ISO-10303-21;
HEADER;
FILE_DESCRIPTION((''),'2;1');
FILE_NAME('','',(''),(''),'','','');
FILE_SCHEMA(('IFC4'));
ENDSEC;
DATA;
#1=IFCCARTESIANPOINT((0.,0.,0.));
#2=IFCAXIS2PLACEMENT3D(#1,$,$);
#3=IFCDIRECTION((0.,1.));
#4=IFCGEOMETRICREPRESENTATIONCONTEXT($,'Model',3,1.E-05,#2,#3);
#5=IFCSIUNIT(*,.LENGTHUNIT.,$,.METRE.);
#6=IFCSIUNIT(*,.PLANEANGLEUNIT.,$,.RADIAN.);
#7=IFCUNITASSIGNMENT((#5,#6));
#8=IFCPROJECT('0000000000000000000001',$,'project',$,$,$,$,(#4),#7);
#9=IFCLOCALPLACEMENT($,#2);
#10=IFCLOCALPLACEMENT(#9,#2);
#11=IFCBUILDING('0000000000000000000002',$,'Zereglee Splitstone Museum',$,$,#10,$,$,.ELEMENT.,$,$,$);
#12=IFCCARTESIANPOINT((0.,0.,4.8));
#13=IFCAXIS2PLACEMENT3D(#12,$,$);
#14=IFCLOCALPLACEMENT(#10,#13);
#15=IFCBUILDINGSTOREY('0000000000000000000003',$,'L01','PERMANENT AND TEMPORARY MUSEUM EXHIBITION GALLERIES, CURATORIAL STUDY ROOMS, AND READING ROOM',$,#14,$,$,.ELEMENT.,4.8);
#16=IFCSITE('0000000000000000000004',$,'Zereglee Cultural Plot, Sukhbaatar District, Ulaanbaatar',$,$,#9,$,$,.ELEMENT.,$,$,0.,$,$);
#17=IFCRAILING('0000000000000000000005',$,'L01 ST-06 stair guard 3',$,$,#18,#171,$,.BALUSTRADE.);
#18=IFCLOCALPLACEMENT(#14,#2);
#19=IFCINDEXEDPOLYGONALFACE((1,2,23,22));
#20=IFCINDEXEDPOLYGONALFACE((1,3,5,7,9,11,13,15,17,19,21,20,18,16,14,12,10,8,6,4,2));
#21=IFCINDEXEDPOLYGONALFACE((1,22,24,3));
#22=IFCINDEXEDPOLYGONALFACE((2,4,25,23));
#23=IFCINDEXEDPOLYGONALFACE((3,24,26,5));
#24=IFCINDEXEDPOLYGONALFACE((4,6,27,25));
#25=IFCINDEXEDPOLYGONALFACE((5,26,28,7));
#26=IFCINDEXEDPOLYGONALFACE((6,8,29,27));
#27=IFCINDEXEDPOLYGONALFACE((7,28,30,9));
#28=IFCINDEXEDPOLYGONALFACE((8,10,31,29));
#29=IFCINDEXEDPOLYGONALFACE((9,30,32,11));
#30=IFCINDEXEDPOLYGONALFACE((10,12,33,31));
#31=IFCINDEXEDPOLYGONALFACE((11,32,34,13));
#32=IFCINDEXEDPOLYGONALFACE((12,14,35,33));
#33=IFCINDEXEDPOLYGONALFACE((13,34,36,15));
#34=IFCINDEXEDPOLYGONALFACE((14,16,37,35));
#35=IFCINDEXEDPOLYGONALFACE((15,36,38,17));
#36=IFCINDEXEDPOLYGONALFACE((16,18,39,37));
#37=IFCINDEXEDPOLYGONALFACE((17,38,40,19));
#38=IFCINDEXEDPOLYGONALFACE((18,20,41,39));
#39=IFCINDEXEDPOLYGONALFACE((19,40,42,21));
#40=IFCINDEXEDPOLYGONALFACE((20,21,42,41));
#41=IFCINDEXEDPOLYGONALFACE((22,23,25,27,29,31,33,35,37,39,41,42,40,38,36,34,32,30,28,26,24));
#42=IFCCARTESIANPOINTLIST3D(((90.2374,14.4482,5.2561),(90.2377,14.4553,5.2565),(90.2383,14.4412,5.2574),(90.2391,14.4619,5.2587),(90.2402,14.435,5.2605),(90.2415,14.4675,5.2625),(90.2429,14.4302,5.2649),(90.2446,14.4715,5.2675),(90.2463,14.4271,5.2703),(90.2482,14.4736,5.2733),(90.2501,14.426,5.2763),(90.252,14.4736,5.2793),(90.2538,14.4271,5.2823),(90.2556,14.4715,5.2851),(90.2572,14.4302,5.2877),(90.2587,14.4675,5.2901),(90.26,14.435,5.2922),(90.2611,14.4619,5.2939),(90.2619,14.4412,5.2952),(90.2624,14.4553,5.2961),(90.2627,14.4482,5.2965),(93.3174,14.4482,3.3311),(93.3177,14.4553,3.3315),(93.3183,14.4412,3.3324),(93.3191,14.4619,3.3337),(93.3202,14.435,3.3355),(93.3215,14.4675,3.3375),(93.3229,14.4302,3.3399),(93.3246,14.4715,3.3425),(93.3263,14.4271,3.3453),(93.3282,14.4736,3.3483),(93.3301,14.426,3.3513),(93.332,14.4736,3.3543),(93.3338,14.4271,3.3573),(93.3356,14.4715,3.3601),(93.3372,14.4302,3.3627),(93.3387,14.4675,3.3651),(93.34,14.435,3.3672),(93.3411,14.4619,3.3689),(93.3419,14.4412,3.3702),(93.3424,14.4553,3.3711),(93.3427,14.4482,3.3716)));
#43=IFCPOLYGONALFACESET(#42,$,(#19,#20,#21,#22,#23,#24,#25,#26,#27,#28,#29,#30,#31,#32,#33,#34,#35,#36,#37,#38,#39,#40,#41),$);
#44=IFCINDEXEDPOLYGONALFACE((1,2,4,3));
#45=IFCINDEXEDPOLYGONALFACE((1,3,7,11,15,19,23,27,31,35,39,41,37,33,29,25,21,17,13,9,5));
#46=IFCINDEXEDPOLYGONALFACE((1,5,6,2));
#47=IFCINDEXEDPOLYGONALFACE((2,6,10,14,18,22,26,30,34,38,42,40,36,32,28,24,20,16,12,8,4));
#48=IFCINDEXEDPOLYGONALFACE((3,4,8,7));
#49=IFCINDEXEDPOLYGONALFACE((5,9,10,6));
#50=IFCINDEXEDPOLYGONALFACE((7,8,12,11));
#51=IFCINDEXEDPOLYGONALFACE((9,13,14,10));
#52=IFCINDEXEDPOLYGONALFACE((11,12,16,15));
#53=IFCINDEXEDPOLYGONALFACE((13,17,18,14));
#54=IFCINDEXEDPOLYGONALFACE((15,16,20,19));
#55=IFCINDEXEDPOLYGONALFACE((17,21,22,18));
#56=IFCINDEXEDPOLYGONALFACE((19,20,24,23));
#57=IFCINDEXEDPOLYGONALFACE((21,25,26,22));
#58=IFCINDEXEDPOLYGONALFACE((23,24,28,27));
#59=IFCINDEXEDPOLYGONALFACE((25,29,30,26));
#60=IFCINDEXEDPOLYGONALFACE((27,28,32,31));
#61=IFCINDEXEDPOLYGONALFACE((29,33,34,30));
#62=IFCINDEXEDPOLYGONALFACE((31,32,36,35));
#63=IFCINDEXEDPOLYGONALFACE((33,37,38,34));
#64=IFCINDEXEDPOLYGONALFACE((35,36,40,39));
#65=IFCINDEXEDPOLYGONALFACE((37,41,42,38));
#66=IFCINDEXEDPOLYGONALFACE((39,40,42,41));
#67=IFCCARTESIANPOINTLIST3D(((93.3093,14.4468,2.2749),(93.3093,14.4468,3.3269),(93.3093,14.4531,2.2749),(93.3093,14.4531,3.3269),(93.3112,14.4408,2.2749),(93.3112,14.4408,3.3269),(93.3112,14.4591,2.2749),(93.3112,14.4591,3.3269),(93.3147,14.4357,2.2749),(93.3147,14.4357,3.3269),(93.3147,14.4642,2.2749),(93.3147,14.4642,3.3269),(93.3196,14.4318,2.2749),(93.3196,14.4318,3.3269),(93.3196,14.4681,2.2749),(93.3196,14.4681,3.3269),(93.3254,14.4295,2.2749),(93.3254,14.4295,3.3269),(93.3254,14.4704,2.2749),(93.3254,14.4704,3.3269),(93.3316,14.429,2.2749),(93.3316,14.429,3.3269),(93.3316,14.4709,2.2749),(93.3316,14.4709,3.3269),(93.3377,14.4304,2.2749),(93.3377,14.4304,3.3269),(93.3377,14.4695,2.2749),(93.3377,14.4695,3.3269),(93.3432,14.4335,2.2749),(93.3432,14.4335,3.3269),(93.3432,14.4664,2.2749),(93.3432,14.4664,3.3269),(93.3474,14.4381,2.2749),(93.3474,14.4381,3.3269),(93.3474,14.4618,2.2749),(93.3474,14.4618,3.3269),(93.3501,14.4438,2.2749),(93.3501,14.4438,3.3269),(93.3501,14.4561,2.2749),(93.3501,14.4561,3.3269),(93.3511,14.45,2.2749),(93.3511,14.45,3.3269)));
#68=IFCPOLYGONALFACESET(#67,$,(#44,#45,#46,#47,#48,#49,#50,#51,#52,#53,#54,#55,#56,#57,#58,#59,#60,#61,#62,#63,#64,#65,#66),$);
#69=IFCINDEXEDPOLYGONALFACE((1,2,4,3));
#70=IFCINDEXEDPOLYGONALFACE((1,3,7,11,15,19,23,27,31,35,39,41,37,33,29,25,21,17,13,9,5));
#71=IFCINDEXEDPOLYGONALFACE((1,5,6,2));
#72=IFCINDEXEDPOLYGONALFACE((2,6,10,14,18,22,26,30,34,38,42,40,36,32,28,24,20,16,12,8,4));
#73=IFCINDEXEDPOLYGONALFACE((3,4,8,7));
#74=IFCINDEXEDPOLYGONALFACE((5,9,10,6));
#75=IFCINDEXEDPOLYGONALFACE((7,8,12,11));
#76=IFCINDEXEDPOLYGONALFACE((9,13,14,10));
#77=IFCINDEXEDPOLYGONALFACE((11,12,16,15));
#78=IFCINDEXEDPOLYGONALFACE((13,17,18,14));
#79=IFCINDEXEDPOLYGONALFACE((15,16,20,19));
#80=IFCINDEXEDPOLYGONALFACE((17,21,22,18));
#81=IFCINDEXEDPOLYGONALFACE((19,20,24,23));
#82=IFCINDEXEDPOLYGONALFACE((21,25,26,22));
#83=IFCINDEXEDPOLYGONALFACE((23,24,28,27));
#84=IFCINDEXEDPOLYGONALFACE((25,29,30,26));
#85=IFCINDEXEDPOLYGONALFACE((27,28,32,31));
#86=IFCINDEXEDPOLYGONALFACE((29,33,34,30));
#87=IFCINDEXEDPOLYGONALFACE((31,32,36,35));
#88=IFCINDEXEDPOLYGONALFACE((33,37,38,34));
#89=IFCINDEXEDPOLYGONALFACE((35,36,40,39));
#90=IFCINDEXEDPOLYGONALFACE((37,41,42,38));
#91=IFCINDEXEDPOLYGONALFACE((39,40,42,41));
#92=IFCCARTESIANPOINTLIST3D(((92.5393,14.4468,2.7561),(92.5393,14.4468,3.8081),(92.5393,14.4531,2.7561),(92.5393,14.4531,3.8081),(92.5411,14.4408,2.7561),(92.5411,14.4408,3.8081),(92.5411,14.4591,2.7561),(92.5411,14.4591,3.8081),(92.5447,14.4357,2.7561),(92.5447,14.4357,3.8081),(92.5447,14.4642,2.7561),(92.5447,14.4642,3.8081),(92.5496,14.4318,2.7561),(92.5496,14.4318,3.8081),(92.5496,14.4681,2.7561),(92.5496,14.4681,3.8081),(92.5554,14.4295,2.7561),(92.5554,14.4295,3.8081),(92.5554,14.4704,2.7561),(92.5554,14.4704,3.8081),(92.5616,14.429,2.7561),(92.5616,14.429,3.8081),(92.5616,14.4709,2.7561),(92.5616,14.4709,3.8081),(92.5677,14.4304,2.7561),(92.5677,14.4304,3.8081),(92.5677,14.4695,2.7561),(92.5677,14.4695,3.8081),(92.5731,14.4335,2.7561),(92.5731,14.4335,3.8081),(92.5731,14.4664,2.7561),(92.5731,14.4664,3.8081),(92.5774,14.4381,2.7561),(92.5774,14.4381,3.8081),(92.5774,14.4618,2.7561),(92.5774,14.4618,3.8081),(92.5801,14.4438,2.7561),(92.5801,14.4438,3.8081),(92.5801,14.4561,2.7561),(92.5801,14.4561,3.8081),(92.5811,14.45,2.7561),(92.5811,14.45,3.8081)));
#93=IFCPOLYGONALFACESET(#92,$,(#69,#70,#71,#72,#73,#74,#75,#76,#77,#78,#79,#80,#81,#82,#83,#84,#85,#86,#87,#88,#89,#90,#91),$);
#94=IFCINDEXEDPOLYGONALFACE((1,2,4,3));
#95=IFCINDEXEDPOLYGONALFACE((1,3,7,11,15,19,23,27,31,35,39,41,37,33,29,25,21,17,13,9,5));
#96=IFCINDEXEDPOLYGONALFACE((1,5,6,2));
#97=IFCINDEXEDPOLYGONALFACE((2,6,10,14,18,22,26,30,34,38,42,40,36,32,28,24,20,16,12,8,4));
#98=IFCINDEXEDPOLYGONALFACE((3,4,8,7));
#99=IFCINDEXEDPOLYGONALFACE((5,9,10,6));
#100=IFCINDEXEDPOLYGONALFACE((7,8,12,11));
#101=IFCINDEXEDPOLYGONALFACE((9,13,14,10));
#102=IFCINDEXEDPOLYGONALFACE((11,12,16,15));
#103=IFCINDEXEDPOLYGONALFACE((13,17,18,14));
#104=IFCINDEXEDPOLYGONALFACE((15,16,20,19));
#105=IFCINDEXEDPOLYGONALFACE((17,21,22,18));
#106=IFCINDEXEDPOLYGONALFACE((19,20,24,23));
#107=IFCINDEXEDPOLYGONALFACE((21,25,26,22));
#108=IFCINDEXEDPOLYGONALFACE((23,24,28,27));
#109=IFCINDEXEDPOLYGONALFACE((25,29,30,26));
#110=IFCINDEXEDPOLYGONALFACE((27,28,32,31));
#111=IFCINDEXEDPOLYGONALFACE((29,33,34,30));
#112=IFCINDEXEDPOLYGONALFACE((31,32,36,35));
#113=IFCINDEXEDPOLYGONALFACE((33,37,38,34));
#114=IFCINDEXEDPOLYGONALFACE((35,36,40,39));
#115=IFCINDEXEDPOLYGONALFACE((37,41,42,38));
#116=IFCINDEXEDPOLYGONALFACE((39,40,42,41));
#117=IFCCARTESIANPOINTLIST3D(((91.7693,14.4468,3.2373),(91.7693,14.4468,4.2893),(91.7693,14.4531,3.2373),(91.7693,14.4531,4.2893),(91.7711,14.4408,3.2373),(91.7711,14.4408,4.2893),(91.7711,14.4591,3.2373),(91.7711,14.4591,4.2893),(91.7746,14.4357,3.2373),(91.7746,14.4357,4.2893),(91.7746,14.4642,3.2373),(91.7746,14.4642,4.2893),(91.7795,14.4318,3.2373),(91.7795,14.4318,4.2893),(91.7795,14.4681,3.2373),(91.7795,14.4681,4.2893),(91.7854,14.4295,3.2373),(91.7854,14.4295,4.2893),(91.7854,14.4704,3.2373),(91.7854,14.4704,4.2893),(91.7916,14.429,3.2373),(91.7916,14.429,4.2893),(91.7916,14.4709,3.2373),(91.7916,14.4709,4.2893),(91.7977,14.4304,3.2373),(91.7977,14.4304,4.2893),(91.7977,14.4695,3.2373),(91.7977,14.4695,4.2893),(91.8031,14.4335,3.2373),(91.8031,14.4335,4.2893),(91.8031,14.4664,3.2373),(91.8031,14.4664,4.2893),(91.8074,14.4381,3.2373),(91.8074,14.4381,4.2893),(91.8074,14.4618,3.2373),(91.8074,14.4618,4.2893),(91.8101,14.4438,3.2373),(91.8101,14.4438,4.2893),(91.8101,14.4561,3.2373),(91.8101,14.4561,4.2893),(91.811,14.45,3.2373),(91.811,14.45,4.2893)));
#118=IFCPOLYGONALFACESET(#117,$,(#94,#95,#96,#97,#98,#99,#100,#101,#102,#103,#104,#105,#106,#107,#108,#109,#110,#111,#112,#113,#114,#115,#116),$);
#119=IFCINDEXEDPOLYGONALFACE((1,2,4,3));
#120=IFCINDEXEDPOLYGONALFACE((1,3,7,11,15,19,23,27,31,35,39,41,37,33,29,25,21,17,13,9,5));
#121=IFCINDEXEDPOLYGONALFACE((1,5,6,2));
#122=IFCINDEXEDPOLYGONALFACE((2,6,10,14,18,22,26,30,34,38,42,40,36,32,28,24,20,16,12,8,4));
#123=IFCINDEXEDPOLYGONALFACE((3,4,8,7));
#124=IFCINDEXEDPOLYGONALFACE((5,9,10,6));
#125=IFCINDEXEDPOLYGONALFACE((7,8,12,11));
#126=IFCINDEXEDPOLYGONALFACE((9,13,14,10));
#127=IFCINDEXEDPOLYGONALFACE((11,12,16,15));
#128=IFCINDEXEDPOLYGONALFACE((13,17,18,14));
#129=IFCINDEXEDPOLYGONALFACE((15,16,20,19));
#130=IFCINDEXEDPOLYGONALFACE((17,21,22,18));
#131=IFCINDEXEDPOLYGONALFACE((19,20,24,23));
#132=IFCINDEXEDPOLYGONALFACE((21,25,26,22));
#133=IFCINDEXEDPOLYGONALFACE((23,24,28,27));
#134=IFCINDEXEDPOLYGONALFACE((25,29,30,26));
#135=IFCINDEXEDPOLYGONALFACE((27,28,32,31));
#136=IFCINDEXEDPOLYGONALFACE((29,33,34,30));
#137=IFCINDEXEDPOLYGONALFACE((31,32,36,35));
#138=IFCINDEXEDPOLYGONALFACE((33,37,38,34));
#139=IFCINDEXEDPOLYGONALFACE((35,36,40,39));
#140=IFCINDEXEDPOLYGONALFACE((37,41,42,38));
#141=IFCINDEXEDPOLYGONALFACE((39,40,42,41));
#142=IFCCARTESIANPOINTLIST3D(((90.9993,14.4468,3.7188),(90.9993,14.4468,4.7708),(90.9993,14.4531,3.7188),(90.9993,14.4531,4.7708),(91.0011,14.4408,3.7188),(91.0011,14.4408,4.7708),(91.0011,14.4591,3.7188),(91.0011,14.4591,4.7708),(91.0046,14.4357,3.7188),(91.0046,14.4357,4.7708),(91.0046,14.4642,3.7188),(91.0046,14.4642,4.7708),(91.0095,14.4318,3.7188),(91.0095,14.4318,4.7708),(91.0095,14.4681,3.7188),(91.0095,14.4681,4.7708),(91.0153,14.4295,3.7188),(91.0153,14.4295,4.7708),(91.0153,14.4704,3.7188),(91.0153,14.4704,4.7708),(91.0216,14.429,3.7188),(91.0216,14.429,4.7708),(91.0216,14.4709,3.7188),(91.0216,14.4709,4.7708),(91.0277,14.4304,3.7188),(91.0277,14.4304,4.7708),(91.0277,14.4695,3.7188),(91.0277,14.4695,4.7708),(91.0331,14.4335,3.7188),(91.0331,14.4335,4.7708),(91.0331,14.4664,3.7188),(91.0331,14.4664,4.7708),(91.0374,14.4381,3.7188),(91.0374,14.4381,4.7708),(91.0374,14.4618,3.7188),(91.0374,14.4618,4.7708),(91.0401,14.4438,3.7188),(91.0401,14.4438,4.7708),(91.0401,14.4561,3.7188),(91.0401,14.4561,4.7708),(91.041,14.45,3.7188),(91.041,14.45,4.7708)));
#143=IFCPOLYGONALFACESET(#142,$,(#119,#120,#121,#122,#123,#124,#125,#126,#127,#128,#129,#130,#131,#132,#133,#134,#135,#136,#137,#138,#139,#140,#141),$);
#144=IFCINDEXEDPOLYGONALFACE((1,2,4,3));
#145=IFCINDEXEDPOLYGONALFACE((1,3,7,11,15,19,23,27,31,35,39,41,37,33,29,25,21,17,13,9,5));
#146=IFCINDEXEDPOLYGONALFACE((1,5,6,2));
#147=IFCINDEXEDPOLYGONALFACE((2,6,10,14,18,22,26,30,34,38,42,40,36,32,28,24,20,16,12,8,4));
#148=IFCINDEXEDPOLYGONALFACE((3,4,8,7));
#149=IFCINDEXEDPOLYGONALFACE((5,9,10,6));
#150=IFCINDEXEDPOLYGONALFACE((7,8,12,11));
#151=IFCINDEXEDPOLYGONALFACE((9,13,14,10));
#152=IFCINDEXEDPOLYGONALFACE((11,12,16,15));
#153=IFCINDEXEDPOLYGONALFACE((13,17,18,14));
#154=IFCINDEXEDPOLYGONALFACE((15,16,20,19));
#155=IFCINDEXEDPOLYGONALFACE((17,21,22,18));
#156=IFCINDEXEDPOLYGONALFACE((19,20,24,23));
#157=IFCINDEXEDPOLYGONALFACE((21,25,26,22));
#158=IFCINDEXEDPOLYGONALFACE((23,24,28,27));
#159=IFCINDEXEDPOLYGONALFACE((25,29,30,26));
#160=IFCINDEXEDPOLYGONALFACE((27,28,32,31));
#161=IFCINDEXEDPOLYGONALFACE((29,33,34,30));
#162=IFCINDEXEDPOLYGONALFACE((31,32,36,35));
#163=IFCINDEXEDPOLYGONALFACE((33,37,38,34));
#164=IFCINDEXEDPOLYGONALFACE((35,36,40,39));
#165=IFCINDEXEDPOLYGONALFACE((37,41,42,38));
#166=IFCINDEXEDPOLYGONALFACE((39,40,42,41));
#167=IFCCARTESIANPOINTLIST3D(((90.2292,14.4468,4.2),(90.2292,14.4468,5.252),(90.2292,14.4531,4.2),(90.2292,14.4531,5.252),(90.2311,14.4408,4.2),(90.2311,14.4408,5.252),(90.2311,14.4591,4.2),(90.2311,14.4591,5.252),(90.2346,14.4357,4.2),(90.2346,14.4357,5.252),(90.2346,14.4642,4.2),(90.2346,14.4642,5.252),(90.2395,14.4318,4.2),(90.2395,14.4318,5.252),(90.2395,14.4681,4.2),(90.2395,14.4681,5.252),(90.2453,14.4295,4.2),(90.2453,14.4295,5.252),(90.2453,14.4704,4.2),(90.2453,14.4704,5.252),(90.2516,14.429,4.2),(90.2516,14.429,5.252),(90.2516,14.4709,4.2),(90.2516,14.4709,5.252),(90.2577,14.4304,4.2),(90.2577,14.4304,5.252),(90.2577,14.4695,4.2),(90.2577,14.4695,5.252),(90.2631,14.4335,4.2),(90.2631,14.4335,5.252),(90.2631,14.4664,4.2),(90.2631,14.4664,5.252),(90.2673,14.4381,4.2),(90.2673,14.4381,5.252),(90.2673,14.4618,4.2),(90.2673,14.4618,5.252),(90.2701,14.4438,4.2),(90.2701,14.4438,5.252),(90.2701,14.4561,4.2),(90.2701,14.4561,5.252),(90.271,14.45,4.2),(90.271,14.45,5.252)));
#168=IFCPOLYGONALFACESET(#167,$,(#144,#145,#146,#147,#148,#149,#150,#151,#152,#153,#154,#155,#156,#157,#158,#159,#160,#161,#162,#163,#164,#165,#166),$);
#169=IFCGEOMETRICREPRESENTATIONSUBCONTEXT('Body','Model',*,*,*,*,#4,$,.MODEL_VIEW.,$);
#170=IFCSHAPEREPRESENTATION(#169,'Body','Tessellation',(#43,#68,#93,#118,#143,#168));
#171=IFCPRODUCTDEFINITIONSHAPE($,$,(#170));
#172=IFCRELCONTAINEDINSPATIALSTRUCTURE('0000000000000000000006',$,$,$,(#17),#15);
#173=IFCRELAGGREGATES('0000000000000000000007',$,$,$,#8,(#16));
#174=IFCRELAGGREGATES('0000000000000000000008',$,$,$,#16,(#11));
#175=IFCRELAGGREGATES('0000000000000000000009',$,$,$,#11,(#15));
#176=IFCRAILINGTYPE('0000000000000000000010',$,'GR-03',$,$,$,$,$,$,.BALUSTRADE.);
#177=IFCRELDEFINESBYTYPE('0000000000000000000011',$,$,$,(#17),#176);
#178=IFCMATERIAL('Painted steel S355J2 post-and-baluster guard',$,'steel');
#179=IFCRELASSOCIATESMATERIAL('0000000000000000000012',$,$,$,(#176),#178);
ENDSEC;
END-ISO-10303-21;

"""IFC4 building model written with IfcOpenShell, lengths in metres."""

from ifc_helpers import new_model, si_unit, direction, frame, origin, origin_2d, place, context, subcontext, project, spatial, circle, extrude, material, type_object, element, save


model = new_model("IFC4")

# Units and contexts
model_context = context("Model", 3, precision=1e-05, world=origin(), true_north=direction((0.0, 1.0)))
body_context = subcontext(model_context, "Body", "Model", "MODEL_VIEW")
ifc_project = project(units=[si_unit("LENGTHUNIT", "METRE"), si_unit("PLANEANGLEUNIT", "RADIAN")], contexts=[model_context])

# Site, building, storey
site_placement = place(None, origin())
site = spatial("IfcSite", under=ifc_project, at=site_placement, Name="Zereglee Cultural Plot, Sukhbaatar District, Ulaanbaatar", CompositionType="ELEMENT", RefElevation=0.0)
building_placement = place(site_placement, origin())
building = spatial("IfcBuilding", under=site, at=building_placement, Name="Zereglee Splitstone Museum", CompositionType="ELEMENT")
storey_placement = place(building_placement, frame((0.0, 0.0, 4.8)))
storey = spatial("IfcBuildingStorey", under=building, at=storey_placement, Name="L01", Description="PERMANENT AND TEMPORARY MUSEUM EXHIBITION GALLERIES, CURATORIAL STUDY ROOMS, AND READING ROOM", CompositionType="ELEMENT", Elevation=4.8)

# Railing
ifc_material_1 = material(Name="Painted steel S355J2 post-and-baluster guard", Category="steel")
railing_type_1 = type_object("IfcRailingType", Name="GR-03", PredefinedType="BALUSTRADE", material=ifc_material_1)
railing_1_placement = place(storey_placement, frame((93.3301, 14.45, 2.2749)))
element("IfcRailing", 1, at=railing_1_placement, inside=storey, type_object=railing_type_1, Name="L01 ST-06 stair guard 3", PredefinedType="BALUSTRADE", context=body_context, shape_type="SweptSolid", body=[
    extrude(circle(Radius=0.0239, at=origin_2d()), frame((0.0, 0.0, 1.0764), z_axis=(-0.847998, 0.0, 0.529999), x_axis=(0.0, -1.0, 0.0)), (0.0, 0.0, 1.0), 3.6321),
    extrude(circle(Radius=0.021, at=origin_2d()), origin(), (0.0, 0.0, 1.0), 1.052),
    extrude(circle(Radius=0.021, at=origin_2d()), frame((-0.77, 0.0, 0.4812)), (0.0, 0.0, 1.0), 1.052),
    extrude(circle(Radius=0.021, at=origin_2d()), frame((-1.54, 0.0, 0.9624)), (0.0, 0.0, 1.0), 1.052),
    extrude(circle(Radius=0.021, at=origin_2d()), frame((-2.3101, 0.0, 1.4438)), (0.0, 0.0, 1.0), 1.052),
    extrude(circle(Radius=0.021, at=origin_2d()), frame((-3.0801, 0.0, 1.925)), (0.0, 0.0, 1.0), 1.052),
])

save(model, "model.ifc")
